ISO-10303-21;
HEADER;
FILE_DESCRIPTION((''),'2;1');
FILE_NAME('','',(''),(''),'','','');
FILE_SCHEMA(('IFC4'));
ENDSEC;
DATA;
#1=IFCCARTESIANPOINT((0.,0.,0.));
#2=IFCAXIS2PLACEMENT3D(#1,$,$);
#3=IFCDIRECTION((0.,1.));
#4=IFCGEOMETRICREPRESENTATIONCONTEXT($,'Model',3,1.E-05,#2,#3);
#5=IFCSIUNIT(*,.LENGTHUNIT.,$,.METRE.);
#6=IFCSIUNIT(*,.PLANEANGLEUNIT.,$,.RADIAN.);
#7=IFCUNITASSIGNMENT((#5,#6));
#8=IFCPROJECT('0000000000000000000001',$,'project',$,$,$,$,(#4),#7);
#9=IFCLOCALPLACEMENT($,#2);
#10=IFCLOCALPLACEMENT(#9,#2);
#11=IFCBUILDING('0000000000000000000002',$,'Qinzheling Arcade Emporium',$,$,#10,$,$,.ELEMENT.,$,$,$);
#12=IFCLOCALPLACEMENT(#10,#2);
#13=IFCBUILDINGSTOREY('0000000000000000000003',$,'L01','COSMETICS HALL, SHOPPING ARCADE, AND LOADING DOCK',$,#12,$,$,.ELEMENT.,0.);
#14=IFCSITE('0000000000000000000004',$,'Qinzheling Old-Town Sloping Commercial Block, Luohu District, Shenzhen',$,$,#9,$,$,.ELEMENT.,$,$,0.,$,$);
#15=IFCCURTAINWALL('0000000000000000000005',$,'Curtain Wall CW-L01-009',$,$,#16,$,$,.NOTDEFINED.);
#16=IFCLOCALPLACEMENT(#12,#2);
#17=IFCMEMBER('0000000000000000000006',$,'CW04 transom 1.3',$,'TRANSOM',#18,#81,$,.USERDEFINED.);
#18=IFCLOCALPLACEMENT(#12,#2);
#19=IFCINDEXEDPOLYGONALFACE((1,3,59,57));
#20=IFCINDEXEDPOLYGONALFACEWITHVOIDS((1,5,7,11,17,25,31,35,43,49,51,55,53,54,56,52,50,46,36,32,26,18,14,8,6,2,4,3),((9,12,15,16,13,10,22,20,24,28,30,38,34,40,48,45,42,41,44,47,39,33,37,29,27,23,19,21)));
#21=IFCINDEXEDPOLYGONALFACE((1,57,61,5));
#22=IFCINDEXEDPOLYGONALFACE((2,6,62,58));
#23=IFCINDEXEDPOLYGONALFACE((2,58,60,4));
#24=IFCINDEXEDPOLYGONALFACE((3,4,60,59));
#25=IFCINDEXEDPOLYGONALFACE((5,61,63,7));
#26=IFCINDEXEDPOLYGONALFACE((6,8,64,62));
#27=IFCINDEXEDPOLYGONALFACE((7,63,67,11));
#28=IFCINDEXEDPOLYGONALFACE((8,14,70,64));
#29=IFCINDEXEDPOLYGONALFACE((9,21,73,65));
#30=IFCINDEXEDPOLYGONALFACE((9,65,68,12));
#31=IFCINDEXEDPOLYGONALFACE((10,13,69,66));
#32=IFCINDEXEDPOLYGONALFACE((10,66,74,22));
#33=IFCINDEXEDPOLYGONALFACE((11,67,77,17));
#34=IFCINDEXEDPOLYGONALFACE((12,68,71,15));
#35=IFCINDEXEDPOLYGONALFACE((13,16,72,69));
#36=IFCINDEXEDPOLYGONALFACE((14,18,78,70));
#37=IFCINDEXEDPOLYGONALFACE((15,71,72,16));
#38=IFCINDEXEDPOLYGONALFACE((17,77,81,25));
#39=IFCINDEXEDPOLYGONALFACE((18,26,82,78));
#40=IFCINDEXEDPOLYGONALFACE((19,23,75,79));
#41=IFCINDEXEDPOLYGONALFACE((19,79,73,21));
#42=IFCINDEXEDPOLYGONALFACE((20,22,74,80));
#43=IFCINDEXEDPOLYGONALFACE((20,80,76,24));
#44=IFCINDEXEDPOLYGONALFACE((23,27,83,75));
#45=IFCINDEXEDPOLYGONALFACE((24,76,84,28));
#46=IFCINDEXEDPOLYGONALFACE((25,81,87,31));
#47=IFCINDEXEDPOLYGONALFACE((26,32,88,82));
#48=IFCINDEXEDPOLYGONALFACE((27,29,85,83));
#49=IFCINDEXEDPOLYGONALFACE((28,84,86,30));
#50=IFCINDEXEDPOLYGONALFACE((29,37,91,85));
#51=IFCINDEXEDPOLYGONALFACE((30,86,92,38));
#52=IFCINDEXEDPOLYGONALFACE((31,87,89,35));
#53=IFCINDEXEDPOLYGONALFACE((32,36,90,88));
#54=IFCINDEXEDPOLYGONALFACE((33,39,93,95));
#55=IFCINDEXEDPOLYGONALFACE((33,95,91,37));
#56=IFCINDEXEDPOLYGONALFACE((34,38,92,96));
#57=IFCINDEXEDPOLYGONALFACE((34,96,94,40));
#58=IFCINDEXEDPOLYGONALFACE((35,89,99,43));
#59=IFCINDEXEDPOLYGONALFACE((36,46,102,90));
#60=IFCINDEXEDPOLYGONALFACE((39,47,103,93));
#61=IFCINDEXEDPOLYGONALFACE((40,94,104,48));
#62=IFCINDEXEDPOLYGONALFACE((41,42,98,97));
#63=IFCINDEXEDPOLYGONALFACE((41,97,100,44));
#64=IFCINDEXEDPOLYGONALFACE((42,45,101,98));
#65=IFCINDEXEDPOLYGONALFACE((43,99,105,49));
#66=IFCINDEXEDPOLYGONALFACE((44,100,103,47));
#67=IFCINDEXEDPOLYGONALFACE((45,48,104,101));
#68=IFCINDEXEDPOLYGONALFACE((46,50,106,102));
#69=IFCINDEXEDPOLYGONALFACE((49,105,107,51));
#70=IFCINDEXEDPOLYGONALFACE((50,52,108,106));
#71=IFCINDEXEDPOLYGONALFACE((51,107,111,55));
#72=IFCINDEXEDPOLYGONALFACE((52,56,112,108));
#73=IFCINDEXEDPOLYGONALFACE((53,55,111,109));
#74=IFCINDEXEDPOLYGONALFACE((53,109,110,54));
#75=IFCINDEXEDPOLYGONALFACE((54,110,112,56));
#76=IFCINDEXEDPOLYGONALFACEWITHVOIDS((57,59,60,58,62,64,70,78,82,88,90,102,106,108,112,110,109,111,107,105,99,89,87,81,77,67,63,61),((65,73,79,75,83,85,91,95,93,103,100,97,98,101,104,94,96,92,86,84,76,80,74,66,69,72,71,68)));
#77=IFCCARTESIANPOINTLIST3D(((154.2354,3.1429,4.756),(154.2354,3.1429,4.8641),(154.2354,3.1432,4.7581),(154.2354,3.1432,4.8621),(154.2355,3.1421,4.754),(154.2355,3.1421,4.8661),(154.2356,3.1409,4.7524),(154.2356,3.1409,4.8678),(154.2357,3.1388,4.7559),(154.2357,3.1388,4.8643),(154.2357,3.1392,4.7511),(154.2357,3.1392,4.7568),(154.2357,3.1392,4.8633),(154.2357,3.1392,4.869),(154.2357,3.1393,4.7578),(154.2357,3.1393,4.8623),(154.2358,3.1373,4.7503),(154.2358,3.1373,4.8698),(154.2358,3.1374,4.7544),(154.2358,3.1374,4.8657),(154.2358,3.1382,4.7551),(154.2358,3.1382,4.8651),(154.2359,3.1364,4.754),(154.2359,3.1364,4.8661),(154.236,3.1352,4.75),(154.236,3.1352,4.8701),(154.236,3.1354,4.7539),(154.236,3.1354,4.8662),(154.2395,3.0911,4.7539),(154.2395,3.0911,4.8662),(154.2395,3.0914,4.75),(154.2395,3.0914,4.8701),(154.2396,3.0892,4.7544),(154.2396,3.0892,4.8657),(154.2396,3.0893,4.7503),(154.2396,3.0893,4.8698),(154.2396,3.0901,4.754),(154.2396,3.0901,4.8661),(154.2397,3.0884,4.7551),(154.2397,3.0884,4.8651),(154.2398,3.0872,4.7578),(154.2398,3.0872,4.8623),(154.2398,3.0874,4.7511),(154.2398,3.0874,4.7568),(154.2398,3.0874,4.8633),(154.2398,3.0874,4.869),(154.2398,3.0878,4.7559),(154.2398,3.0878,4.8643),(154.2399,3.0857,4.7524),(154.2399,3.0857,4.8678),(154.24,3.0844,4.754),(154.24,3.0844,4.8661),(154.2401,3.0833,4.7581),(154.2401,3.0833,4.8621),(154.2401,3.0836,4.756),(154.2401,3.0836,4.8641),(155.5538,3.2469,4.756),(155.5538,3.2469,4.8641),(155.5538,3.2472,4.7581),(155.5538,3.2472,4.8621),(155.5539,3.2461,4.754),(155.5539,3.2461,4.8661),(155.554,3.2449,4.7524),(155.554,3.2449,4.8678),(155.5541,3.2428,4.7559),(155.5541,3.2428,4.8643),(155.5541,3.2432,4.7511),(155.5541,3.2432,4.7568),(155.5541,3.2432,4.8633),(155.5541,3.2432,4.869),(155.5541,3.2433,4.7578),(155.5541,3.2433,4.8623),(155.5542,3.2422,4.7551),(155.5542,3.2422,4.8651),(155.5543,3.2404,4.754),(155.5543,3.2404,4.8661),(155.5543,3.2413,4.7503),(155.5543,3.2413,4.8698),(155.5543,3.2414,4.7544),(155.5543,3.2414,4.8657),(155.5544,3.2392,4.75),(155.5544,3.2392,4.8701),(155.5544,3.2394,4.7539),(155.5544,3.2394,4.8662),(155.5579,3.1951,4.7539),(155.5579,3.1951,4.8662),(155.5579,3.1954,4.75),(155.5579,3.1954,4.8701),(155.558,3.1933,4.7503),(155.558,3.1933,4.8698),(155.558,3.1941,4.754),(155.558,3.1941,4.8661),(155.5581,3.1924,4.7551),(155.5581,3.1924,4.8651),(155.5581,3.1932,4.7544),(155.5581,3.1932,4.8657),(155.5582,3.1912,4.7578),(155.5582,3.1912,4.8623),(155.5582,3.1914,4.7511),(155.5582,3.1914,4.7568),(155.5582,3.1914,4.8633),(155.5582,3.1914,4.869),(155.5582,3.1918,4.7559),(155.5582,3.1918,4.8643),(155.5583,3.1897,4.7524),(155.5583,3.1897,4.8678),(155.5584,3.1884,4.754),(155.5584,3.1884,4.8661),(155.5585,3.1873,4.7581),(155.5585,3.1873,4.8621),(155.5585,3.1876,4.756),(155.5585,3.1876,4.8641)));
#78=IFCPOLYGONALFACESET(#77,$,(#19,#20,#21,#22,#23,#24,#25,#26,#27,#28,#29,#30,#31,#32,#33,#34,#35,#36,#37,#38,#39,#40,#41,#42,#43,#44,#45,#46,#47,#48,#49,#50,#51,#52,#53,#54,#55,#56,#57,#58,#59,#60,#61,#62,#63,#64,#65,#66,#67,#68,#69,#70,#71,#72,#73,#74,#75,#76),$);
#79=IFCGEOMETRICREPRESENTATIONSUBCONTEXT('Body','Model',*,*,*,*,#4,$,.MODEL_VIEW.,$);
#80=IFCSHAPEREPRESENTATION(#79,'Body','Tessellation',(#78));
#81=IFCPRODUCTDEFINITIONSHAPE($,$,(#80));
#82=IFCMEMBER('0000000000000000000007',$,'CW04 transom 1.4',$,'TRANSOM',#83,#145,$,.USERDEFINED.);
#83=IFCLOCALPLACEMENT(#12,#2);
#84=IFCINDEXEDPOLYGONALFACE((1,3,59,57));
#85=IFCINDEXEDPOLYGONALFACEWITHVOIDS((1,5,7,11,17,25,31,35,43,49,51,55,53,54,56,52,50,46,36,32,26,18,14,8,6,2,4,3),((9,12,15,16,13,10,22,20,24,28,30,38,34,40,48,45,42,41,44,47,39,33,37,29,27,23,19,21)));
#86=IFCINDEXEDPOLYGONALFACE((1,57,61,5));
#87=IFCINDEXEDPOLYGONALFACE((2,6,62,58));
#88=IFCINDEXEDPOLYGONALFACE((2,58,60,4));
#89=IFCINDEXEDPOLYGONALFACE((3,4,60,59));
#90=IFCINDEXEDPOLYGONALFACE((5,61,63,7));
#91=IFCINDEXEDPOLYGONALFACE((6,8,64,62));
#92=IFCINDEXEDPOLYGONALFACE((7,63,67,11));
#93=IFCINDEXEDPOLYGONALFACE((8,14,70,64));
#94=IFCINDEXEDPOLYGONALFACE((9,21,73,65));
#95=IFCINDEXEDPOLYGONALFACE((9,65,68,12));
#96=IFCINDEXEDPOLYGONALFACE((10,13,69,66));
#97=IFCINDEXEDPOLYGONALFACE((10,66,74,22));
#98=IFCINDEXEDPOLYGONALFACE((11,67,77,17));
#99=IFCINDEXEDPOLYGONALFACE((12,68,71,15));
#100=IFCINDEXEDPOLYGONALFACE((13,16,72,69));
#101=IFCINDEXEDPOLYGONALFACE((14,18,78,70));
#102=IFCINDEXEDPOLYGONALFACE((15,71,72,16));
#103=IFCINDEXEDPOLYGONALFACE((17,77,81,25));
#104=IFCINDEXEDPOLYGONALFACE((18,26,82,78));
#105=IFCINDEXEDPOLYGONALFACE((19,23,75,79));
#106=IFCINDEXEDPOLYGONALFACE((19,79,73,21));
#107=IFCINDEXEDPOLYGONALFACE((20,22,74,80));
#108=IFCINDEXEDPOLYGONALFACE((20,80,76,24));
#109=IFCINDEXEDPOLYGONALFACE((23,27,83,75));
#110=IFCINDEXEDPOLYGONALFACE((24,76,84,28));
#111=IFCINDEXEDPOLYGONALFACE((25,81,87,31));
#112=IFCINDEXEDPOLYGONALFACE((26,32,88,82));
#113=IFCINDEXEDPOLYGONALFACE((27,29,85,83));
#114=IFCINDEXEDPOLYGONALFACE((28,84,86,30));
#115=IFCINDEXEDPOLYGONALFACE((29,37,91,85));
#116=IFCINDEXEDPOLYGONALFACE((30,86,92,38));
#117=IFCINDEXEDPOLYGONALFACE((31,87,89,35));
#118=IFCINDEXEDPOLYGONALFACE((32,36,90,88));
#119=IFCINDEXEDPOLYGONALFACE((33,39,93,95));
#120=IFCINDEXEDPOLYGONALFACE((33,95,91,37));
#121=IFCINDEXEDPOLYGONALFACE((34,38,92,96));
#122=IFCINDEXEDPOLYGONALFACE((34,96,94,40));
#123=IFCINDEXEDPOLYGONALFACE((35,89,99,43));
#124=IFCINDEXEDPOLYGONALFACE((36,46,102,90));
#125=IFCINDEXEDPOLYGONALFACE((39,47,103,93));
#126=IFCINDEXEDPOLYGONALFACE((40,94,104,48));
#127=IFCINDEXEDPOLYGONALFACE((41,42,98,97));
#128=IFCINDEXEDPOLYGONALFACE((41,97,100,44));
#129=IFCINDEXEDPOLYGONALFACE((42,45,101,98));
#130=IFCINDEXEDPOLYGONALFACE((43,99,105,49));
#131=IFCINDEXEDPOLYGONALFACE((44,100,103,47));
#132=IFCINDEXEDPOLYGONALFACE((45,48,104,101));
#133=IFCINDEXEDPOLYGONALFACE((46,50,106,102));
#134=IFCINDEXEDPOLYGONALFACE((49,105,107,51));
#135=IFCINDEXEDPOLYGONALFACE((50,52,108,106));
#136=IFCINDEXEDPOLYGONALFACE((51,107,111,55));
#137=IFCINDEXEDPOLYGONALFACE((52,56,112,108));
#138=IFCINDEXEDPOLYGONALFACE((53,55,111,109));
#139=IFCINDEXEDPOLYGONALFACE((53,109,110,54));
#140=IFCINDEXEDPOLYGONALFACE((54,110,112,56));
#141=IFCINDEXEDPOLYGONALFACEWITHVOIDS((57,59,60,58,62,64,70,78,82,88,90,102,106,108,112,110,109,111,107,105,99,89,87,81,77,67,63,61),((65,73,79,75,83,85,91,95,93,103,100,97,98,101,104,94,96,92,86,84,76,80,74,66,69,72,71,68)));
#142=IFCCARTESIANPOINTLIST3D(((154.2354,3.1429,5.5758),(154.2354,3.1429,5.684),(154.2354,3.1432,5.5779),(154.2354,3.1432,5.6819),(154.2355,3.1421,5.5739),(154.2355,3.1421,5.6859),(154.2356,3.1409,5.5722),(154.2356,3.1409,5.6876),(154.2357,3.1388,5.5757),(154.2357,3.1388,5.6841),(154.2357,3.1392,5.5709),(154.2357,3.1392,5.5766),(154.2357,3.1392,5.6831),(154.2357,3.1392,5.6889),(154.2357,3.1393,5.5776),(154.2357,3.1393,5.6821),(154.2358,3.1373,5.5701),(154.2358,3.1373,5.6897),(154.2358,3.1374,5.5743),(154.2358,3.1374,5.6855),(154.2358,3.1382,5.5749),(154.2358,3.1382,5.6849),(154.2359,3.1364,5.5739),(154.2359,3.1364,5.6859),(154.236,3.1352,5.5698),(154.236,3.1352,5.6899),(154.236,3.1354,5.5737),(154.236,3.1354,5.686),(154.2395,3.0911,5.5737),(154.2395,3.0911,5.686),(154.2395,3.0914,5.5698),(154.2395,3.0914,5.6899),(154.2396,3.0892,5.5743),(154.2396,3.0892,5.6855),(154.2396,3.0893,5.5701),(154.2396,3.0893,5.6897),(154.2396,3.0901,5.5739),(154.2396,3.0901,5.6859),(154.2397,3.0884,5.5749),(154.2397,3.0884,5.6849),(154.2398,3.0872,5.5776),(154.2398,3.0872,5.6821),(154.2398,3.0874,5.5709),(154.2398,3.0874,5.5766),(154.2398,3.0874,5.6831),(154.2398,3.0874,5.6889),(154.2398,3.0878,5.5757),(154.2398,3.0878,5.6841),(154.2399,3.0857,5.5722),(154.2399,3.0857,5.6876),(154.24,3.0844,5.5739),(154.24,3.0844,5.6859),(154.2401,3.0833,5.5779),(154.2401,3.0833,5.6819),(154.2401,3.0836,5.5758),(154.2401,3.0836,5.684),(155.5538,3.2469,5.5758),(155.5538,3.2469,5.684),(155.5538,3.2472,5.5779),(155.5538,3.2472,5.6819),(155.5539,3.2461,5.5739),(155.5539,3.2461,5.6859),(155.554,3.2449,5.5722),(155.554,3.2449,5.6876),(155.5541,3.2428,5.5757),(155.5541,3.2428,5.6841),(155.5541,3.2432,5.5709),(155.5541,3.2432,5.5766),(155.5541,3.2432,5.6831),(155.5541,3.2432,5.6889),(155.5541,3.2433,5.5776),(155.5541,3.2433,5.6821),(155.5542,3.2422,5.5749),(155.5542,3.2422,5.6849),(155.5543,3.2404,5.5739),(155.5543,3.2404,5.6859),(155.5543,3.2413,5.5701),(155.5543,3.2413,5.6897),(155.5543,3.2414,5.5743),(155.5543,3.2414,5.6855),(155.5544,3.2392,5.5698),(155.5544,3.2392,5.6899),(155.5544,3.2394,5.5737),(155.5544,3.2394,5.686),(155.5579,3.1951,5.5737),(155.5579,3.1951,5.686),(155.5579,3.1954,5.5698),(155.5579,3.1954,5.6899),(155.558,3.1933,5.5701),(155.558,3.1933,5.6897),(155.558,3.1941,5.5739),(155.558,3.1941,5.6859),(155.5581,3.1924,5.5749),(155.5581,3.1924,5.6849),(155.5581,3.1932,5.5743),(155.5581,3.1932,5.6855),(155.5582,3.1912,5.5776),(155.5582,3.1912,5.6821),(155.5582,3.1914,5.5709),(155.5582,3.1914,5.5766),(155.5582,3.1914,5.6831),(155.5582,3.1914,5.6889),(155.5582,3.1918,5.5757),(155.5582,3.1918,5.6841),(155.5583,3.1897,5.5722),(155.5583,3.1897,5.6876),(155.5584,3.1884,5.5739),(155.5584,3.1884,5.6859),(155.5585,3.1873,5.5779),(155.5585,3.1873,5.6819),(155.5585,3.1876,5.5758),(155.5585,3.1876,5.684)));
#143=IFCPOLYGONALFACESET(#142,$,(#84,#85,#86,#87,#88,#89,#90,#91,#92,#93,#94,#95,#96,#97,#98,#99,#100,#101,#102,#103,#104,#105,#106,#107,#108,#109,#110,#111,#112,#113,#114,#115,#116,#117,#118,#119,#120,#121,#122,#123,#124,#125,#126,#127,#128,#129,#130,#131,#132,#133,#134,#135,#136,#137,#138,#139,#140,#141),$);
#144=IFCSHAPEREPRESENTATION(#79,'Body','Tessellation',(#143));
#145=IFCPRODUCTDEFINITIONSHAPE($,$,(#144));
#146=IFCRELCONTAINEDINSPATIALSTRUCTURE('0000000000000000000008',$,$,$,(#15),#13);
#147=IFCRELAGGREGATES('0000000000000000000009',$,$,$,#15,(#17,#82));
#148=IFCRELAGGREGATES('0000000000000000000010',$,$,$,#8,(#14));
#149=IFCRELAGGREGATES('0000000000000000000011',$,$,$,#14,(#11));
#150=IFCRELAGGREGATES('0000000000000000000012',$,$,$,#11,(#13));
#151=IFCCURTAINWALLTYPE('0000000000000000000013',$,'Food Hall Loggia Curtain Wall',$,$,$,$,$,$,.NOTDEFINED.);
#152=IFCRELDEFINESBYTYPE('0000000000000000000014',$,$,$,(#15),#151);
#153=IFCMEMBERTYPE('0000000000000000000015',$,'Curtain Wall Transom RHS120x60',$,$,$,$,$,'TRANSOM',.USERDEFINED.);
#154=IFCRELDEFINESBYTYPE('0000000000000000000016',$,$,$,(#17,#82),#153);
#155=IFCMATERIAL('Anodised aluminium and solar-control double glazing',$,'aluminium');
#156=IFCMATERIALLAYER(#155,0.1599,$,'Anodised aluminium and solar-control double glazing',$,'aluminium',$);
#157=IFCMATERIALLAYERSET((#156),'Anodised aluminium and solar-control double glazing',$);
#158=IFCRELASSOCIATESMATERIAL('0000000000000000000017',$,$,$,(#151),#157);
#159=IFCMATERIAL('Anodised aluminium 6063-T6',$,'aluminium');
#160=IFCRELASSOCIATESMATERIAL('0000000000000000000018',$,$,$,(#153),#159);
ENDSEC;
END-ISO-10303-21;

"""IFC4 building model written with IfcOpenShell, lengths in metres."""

from ifc_helpers import new_model, si_unit, direction, frame, origin, origin_2d, place, context, subcontext, project, spatial, hollow_rectangle, extrude, material, layer, layer_set, material_profile, profile_set, type_object, element, aggregate, save


model = new_model("IFC4")

# Units and contexts
model_context = context("Model", 3, precision=1e-05, world=origin(), true_north=direction((0.0, 1.0)))
body_context = subcontext(model_context, "Body", "Model", "MODEL_VIEW")
ifc_project = project(units=[si_unit("LENGTHUNIT", "METRE"), si_unit("PLANEANGLEUNIT", "RADIAN")], contexts=[model_context])

# Site, building, storey
site_placement = place(None, origin())
site = spatial("IfcSite", under=ifc_project, at=site_placement, Name="Qinzheling Old-Town Sloping Commercial Block, Luohu District, Shenzhen", CompositionType="ELEMENT", RefElevation=0.0)
building_placement = place(site_placement, origin())
building = spatial("IfcBuilding", under=site, at=building_placement, Name="Qinzheling Arcade Emporium", CompositionType="ELEMENT")
storey_placement = place(building_placement, origin())
storey = spatial("IfcBuildingStorey", under=building, at=storey_placement, Name="L01", Description="COSMETICS HALL, SHOPPING ARCADE, AND LOADING DOCK", CompositionType="ELEMENT", Elevation=0.0)

# Shared definitions
ifc_material_1 = material(Name="Anodised aluminium and solar-control double glazing", Category="aluminium")
ifc_material_2 = material(Name="Anodised aluminium 6063-T6", Category="aluminium")

# Curtain wall, members
ifc_layer_1 = layer(ifc_material_1, 0.1599, Name="Anodised aluminium and solar-control double glazing", Category="aluminium")
ifc_layer_set_1 = layer_set([ifc_layer_1], Name="Anodised aluminium and solar-control double glazing")
curtain_wall_type_1 = type_object("IfcCurtainWallType", Name="Food Hall Loggia Curtain Wall", PredefinedType="NOTDEFINED", material=ifc_layer_set_1)
curtain_wall_1_placement = place(storey_placement, origin())
curtain_wall_1 = element("IfcCurtainWall", 1, at=curtain_wall_1_placement, inside=storey, type_object=curtain_wall_type_1, Name="Curtain Wall CW-L01-009", PredefinedType="NOTDEFINED")
ifc_material_profile_1 = material_profile(ifc_material_2, hollow_rectangle(XDim=0.0601, YDim=0.1201, WallThickness=0.0039, InnerFilletRadius=0.0039, OuterFilletRadius=0.0081, at=origin_2d()), Name="RHS 120x60x4", Category="aluminium")
ifc_profile_set_1 = profile_set([ifc_material_profile_1], Name="Anodised aluminium 6063-T6")
member_type_1 = type_object("IfcMemberType", Name="Curtain Wall Transom RHS120x60", ElementType="TRANSOM", PredefinedType="USERDEFINED", material=ifc_profile_set_1)
member_1_placement = place(storey_placement, frame((155.5562, 3.2173, 4.8101), z_axis=(-0.996903, -0.078645, 0.0), x_axis=(0.078645, -0.996903, 0.0)))
member_1 = element("IfcMember", 2, at=member_1_placement, type_object=member_type_1, Name="CW04 transom 1.3", ObjectType="TRANSOM", PredefinedType="USERDEFINED", context=body_context, shape_type="SweptSolid", body=[
    extrude(hollow_rectangle(XDim=0.0601, YDim=0.1201, WallThickness=0.0039, InnerFilletRadius=0.0039, OuterFilletRadius=0.0081, at=origin_2d()), origin(), (0.0, 0.0, 1.0), 1.3225),
])
member_2_placement = place(storey_placement, frame((155.5562, 3.2173, 5.6299), z_axis=(-0.996903, -0.078645, 0.0), x_axis=(0.078645, -0.996903, 0.0)))
member_2 = element("IfcMember", 3, at=member_2_placement, type_object=member_type_1, Name="CW04 transom 1.4", ObjectType="TRANSOM", PredefinedType="USERDEFINED", context=body_context, shape_type="SweptSolid", body=[
    extrude(hollow_rectangle(XDim=0.0601, YDim=0.1201, WallThickness=0.0039, InnerFilletRadius=0.0039, OuterFilletRadius=0.0081, at=origin_2d()), origin(), (0.0, 0.0, 1.0), 1.3225),
])

aggregate(curtain_wall_1, [member_1, member_2])

save(model, "model.ifc")
